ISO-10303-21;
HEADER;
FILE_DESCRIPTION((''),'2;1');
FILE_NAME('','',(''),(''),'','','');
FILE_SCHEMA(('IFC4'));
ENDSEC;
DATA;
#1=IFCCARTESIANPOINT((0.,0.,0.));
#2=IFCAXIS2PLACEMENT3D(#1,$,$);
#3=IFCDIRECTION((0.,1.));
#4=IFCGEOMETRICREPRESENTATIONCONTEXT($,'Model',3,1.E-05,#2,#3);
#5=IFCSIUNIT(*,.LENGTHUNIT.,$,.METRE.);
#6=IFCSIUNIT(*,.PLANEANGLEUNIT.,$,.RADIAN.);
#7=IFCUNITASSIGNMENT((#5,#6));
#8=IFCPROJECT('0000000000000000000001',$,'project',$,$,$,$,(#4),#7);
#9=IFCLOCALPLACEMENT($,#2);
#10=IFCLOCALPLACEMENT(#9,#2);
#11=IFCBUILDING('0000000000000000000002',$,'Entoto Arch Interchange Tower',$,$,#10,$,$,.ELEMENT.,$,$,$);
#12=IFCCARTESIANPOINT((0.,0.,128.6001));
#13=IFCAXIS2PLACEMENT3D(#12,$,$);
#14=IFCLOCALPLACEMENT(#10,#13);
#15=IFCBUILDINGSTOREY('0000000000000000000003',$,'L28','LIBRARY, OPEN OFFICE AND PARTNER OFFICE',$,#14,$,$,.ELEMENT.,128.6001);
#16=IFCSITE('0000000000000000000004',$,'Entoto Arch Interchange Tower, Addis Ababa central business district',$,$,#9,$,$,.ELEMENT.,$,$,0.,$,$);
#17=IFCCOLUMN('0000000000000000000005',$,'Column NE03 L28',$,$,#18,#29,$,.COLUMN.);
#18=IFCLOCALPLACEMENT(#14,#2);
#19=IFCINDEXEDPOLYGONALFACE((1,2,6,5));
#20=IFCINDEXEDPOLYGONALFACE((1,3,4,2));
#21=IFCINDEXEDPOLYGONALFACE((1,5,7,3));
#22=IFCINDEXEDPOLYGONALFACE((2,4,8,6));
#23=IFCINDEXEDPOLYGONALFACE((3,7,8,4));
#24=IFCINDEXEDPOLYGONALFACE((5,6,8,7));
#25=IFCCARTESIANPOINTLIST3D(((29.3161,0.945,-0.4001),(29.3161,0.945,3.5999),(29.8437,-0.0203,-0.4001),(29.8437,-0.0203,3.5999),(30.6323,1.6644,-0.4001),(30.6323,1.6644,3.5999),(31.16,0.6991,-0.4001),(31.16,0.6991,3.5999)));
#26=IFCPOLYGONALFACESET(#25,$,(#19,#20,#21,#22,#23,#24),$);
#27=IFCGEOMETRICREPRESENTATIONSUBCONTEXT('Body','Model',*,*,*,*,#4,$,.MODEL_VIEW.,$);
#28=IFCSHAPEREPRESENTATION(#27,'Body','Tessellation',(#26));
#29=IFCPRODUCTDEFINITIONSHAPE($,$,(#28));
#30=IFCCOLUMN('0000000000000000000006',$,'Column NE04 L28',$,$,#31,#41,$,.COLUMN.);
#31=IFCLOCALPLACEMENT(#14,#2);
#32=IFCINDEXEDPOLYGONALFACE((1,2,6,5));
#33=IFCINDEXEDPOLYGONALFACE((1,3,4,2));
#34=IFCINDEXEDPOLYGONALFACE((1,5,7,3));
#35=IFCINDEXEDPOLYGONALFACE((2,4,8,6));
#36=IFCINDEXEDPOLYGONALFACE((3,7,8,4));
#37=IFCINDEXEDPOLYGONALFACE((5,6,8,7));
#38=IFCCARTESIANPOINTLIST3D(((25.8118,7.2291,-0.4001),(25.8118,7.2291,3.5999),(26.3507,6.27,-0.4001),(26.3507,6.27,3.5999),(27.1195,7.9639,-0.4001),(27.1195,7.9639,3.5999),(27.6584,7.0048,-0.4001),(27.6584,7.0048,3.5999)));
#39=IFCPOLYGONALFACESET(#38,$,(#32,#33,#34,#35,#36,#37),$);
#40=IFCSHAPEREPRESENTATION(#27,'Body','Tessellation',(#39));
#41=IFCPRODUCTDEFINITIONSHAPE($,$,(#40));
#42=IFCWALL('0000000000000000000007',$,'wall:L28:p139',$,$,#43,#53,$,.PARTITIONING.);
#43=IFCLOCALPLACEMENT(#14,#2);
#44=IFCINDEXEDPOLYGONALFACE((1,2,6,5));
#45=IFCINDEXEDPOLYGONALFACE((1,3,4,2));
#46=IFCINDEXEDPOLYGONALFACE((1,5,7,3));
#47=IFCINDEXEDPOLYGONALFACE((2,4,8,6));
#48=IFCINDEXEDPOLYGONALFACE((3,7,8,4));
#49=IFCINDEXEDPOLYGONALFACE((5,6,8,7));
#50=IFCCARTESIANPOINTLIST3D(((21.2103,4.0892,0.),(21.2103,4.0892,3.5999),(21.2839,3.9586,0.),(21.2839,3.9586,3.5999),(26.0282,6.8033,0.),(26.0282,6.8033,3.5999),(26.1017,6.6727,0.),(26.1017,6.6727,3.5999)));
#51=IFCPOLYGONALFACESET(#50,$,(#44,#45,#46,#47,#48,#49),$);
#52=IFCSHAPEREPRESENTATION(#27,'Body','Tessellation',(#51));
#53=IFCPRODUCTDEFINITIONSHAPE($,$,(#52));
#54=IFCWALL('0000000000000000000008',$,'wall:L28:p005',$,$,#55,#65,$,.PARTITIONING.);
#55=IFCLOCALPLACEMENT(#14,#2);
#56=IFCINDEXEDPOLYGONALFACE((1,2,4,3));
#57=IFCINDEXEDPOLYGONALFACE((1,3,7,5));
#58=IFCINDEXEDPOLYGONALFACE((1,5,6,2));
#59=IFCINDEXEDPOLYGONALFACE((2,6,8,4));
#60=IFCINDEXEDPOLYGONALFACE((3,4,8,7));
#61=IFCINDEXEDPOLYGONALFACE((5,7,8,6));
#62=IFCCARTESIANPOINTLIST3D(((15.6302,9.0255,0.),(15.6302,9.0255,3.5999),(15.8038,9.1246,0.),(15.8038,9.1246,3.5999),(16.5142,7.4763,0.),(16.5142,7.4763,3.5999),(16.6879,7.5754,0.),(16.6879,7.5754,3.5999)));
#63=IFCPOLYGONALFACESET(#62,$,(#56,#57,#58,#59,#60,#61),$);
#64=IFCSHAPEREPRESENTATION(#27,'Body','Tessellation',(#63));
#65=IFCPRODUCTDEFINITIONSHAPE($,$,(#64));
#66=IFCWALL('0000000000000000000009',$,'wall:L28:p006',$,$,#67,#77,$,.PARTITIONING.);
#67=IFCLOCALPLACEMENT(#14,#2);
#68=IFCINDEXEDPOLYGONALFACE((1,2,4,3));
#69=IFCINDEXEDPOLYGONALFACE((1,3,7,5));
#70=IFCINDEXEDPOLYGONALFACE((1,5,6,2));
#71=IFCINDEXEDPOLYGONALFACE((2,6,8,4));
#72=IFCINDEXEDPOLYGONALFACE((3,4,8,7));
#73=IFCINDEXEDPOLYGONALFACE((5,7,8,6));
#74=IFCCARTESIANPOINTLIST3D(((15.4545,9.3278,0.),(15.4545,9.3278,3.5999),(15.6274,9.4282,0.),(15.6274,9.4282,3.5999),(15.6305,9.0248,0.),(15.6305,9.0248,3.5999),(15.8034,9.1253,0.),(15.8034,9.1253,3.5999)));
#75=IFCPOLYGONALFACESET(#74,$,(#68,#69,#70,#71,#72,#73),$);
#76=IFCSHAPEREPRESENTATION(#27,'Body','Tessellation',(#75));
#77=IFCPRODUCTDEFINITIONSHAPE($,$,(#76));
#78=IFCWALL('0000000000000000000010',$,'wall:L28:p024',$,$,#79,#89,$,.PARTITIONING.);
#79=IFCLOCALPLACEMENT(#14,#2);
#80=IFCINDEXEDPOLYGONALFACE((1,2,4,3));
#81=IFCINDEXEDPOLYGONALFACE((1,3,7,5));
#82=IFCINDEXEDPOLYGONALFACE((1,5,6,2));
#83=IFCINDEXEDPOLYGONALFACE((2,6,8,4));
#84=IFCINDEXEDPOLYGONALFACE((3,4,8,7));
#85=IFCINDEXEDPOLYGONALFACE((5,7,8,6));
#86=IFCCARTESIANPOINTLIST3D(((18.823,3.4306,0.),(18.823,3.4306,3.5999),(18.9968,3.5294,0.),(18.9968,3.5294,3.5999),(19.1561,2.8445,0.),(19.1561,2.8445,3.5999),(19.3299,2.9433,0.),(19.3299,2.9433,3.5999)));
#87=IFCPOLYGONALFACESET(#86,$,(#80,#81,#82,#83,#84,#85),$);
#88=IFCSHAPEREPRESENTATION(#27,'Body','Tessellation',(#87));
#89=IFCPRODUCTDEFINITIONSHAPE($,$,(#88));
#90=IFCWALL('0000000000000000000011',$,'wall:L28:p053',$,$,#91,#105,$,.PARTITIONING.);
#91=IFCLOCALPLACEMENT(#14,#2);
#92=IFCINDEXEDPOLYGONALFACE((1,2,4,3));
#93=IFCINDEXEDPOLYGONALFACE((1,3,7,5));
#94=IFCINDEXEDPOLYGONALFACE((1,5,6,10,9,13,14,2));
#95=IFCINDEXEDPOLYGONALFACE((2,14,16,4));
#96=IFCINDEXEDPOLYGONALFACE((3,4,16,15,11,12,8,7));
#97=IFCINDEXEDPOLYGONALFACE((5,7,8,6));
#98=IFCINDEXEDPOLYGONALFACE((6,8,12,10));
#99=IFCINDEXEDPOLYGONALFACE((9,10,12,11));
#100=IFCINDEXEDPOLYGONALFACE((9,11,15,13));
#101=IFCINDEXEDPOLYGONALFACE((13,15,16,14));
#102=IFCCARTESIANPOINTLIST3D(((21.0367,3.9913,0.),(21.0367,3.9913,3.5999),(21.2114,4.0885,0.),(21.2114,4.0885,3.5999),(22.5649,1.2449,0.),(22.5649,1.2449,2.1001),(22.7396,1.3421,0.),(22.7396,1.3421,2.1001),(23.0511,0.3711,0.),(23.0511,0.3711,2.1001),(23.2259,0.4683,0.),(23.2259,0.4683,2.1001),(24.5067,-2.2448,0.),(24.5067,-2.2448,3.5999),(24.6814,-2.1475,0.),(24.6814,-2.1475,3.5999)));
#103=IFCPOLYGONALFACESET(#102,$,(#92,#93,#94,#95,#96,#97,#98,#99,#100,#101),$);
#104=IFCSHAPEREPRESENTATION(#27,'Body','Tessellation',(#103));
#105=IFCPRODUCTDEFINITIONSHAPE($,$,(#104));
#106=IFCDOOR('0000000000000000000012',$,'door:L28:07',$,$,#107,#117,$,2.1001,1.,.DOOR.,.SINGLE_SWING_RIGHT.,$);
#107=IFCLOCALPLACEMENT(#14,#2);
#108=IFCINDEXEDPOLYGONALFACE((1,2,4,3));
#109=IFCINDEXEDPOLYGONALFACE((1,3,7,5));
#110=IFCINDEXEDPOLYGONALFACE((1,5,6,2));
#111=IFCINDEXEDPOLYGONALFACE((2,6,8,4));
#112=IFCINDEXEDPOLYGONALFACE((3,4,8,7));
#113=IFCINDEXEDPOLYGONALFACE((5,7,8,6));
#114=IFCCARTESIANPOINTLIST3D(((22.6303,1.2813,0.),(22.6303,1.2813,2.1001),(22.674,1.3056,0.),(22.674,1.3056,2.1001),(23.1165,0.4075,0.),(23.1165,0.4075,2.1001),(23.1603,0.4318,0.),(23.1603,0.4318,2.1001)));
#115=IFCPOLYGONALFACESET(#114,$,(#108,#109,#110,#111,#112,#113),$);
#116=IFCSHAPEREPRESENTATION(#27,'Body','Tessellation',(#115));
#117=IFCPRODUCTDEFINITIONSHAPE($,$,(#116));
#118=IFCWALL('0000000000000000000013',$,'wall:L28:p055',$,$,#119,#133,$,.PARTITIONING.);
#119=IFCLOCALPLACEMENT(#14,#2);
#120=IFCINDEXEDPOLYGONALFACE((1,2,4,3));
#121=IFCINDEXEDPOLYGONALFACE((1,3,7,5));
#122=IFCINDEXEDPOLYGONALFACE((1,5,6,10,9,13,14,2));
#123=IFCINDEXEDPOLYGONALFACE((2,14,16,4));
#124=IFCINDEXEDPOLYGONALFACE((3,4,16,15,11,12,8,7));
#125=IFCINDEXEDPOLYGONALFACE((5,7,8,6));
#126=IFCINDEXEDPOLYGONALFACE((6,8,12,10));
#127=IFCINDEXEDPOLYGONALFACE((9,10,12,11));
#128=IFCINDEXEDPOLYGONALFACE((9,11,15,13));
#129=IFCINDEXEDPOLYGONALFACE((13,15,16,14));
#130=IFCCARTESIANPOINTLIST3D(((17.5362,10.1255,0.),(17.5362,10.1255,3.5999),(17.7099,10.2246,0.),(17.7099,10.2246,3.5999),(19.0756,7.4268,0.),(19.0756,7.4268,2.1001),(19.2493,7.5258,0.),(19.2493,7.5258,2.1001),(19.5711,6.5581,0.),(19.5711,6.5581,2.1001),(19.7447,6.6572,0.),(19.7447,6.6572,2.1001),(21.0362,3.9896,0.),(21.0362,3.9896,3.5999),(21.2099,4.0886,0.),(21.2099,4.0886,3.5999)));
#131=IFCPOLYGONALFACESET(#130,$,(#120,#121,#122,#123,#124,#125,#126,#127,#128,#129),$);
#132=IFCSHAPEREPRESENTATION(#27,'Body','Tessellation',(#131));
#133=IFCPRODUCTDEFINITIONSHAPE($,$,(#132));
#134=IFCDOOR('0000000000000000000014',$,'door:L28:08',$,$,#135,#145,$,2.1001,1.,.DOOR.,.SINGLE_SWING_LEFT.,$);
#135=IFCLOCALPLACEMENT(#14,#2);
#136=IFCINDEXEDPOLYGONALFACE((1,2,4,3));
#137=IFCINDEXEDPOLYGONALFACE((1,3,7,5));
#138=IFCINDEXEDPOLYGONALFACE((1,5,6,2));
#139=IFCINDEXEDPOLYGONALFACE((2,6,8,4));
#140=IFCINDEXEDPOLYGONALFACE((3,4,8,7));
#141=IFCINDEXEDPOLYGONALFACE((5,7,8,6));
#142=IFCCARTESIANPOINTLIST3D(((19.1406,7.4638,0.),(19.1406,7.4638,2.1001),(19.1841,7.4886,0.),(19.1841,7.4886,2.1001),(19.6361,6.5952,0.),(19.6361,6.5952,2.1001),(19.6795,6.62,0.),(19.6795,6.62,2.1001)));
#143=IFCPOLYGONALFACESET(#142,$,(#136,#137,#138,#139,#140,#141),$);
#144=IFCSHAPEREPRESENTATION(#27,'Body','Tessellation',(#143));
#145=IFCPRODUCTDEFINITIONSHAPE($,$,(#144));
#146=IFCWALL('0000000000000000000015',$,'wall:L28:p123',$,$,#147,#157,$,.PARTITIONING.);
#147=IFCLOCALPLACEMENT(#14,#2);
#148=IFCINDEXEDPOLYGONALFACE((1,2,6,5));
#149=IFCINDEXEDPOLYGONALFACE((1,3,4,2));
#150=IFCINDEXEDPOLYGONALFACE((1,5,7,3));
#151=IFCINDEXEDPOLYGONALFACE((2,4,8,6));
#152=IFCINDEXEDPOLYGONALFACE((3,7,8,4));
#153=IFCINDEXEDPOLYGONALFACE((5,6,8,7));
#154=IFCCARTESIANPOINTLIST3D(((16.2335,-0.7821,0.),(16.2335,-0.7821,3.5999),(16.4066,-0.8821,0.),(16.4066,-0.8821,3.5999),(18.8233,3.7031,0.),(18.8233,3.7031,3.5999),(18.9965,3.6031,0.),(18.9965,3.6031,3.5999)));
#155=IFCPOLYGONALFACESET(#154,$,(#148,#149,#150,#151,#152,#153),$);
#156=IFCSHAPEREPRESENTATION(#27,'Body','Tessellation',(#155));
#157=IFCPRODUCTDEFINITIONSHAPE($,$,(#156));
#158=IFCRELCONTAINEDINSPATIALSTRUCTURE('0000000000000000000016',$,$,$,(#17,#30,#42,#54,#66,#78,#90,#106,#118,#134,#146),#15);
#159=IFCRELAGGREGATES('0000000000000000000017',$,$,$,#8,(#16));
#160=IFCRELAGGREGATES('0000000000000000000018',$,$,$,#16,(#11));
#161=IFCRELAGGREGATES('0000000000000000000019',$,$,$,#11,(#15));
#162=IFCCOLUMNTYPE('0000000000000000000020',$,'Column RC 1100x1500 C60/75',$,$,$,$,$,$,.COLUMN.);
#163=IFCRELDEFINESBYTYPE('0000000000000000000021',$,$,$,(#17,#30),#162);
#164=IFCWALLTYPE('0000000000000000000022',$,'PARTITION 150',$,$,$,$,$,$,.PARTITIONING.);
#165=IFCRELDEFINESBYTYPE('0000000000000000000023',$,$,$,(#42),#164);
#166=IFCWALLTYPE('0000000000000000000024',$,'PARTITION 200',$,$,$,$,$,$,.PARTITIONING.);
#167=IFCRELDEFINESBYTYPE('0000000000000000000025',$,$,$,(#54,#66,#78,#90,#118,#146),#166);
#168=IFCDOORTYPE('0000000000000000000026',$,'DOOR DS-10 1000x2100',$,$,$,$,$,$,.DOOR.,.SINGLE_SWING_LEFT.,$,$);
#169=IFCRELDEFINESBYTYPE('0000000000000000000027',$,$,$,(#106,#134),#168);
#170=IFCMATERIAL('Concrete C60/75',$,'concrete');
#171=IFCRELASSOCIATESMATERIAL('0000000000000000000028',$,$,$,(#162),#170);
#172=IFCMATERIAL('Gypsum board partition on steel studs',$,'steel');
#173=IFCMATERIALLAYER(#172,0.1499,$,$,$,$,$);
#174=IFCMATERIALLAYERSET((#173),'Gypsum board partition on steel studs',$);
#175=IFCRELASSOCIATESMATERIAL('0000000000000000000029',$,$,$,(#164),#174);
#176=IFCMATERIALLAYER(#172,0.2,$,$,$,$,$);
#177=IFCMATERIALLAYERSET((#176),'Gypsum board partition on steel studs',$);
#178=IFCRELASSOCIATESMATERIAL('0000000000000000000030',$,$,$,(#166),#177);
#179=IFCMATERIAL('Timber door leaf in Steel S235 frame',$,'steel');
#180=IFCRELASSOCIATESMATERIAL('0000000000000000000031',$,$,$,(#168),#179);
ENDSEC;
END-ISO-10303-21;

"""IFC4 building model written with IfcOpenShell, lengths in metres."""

from ifc_helpers import new_model, si_unit, direction, frame, frame_2d, origin, origin_2d, place, context, subcontext, project, spatial, rectangle, extrude, material, layer, layer_set, material_profile, profile_set, type_object, element, fill, save


model = new_model("IFC4")

# Units and contexts
model_context = context("Model", 3, precision=1e-05, world=origin(), true_north=direction((0.0, 1.0)))
body_context = subcontext(model_context, "Body", "Model", "MODEL_VIEW")
ifc_project = project(units=[si_unit("LENGTHUNIT", "METRE"), si_unit("PLANEANGLEUNIT", "RADIAN")], contexts=[model_context])

# Site, building, storey
site_placement = place(None, origin())
site = spatial("IfcSite", under=ifc_project, at=site_placement, Name="Entoto Arch Interchange Tower, Addis Ababa central business district", CompositionType="ELEMENT", RefElevation=0.0)
building_placement = place(site_placement, origin())
building = spatial("IfcBuilding", under=site, at=building_placement, Name="Entoto Arch Interchange Tower", CompositionType="ELEMENT")
storey_placement = place(building_placement, frame((0.0, 0.0, 128.6001)))
storey = spatial("IfcBuildingStorey", under=building, at=storey_placement, Name="L28", Description="LIBRARY, OPEN OFFICE AND PARTNER OFFICE", CompositionType="ELEMENT", Elevation=128.6001)

# Columns
ifc_material_1 = material(Name="Concrete C60/75", Category="concrete")
ifc_material_profile = material_profile(ifc_material_1, rectangle(XDim=1.1001, YDim=1.5, at=origin_2d()))
ifc_profile_set = profile_set([ifc_material_profile], Name="Concrete C60/75")
column_type = type_object("IfcColumnType", Name="Column RC 1100x1500 C60/75", PredefinedType="COLUMN", material=ifc_profile_set)
for number, where, z_axis, x_axis, name in (
    (1, (30.238, 0.822, -0.4001), (0.0, 0.0, 1.0), (-0.479611, 0.877481, 0.0), "Column NE03 L28"),
    (2, (26.7351, 7.1169, -0.4001), (0.0, 0.0, 1.0), (-0.489839, 0.871813, 0.0), "Column NE04 L28"),
):
    element("IfcColumn", number, at=place(storey_placement, frame(where, z_axis=z_axis, x_axis=x_axis)), inside=storey, type_object=column_type, Name=name, PredefinedType="COLUMN", context=body_context, shape_type="SweptSolid", body=[
        extrude(rectangle(XDim=1.1001, YDim=1.5, at=origin_2d()), origin(), (0.0, 0.0, 1.0), 4.0),
    ])

# Walls
ifc_material_2 = material(Name="Gypsum board partition on steel studs", Category="steel")
ifc_layer_1 = layer(ifc_material_2, 0.1499)
ifc_layer_set_1 = layer_set([ifc_layer_1], Name="Gypsum board partition on steel studs")
wall_type_1 = type_object("IfcWallType", Name="PARTITION 150", PredefinedType="PARTITIONING", material=ifc_layer_set_1)
wall_1_placement = place(storey_placement, frame((21.2471, 4.0239, 0.0), z_axis=(0.0, 0.0, 1.0), x_axis=(0.871262, 0.490819, 0.0)))
element("IfcWall", 3, at=wall_1_placement, inside=storey, type_object=wall_type_1, Name="wall:L28:p139", PredefinedType="PARTITIONING", context=body_context, shape_type="SweptSolid", body=[
    extrude(rectangle(XDim=5.5298, YDim=0.1499, at=frame_2d((2.7649, 0.0))), origin(), (0.0, 0.0, 1.0), 3.5999),
])
ifc_layer_2 = layer(ifc_material_2, 0.2)
ifc_layer_set_2 = layer_set([ifc_layer_2], Name="Gypsum board partition on steel studs")
wall_type_2 = type_object("IfcWallType", Name="PARTITION 200", PredefinedType="PARTITIONING", material=ifc_layer_set_2)
wall_2_placement = place(storey_placement, frame((16.6011, 7.5259, 0.0), z_axis=(0.0, 0.0, 1.0), x_axis=(-0.495652, 0.868521, 0.0)))
element("IfcWall", 4, at=wall_2_placement, inside=storey, type_object=wall_type_2, Name="wall:L28:p005", PredefinedType="PARTITIONING", context=body_context, shape_type="SweptSolid", body=[
    extrude(rectangle(XDim=1.7837, YDim=0.2, at=frame_2d((0.8918, 0.0))), origin(), (0.0, 0.0, 1.0), 3.5999),
])
wall_3_placement = place(storey_placement, frame((15.717, 9.075, 0.0), z_axis=(0.0, 0.0, 1.0), x_axis=(-0.502354, 0.864662, 0.0)))
element("IfcWall", 5, at=wall_3_placement, inside=storey, type_object=wall_type_2, Name="wall:L28:p006", PredefinedType="PARTITIONING", context=body_context, shape_type="SweptSolid", body=[
    extrude(rectangle(XDim=0.3503, YDim=0.2, at=frame_2d((0.1753, 0.0))), origin(), (0.0, 0.0, 1.0), 3.5999),
])
wall_4_placement = place(storey_placement, frame((19.2429, 2.894, 0.0), z_axis=(0.0, 0.0, 1.0), x_axis=(-0.494109, 0.8694, 0.0)))
element("IfcWall", 6, at=wall_4_placement, inside=storey, type_object=wall_type_2, Name="wall:L28:p024", PredefinedType="PARTITIONING", context=body_context, shape_type="SweptSolid", body=[
    extrude(rectangle(XDim=0.6741, YDim=0.2, at=frame_2d((0.3369, 0.0))), origin(), (0.0, 0.0, 1.0), 3.5999),
])

# Walls, openings, doors
wall_5_placement = place(storey_placement, frame((21.124, 4.04, 0.0), z_axis=(0.0, 0.0, 1.0), x_axis=(0.48623, -0.873831, 0.0)))
wall_5 = element("IfcWall", 7, at=wall_5_placement, inside=storey, type_object=wall_type_2, Name="wall:L28:p053", PredefinedType="PARTITIONING", context=body_context, shape_type="SweptSolid", body=[
    extrude(rectangle(XDim=7.1365, YDim=0.2, at=frame_2d((3.5684, 0.0))), origin(), (0.0, 0.0, 1.0), 3.5999),
])
opening_1_placement = place(wall_5_placement, frame((3.1431, 0.0, 0.0)))
opening_1 = element("IfcOpeningElement", 8, at=opening_1_placement, cuts=wall_5, PredefinedType="OPENING", context=body_context, shape_type="SweptSolid", body=[
    extrude(rectangle(XDim=1.0, YDim=2.1001, at=frame_2d((0.5, 1.05))), frame((0.0, 0.1099, 0.0), z_axis=(0.0, -1.0, 0.0), x_axis=(1.0, 0.0, 0.0)), (0.0, 0.0, 1.0), 0.22),
])
ifc_material_3 = material(Name="Timber door leaf in Steel S235 frame", Category="steel")
door_type = type_object("IfcDoorType", Name="DOOR DS-10 1000x2100", OperationType="SINGLE_SWING_LEFT", PredefinedType="DOOR", material=ifc_material_3)
door_1_placement = place(opening_1_placement, origin())
door_1 = element("IfcDoor", 9, at=door_1_placement, inside=storey, type_object=door_type, Name="door:L28:07", OperationType="SINGLE_SWING_RIGHT", OverallHeight=2.1001, OverallWidth=1.0, PredefinedType="DOOR", context=body_context, shape_type="SweptSolid", body=[
    extrude(rectangle(XDim=1.0, YDim=2.1001, at=frame_2d((0.5, 1.05))), frame((0.0, 0.0249, 0.0), z_axis=(0.0, -1.0, 0.0), x_axis=(1.0, 0.0, 0.0)), (0.0, 0.0, 1.0), 0.05),
])
fill(opening_1, door_1)
wall_6_placement = place(storey_placement, frame((17.623, 10.175, 0.0), z_axis=(0.0, 0.0, 1.0), x_axis=(0.495469, -0.868626, 0.0)))
wall_6 = element("IfcWall", 10, at=wall_6_placement, inside=storey, type_object=wall_type_2, Name="wall:L28:p055", PredefinedType="PARTITIONING", context=body_context, shape_type="SweptSolid", body=[
    extrude(rectangle(XDim=7.064, YDim=0.2, at=frame_2d((3.532, 0.0))), origin(), (0.0, 0.0, 1.0), 3.5999),
])
opening_2_placement = place(wall_6_placement, frame((3.1069, 0.0, 0.0)))
opening_2 = element("IfcOpeningElement", 11, at=opening_2_placement, cuts=wall_6, PredefinedType="OPENING", context=body_context, shape_type="SweptSolid", body=[
    extrude(rectangle(XDim=1.0, YDim=2.1001, at=frame_2d((0.5, 1.05))), frame((0.0, 0.1099, 0.0), z_axis=(0.0, -1.0, 0.0), x_axis=(1.0, 0.0, 0.0)), (0.0, 0.0, 1.0), 0.22),
])
door_2_placement = place(opening_2_placement, origin())
door_2 = element("IfcDoor", 12, at=door_2_placement, inside=storey, type_object=door_type, Name="door:L28:08", OperationType="SINGLE_SWING_LEFT", OverallHeight=2.1001, OverallWidth=1.0, PredefinedType="DOOR", context=body_context, shape_type="SweptSolid", body=[
    extrude(rectangle(XDim=1.0, YDim=2.1001, at=frame_2d((0.5, 1.05))), frame((0.0, 0.0249, 0.0), z_axis=(0.0, -1.0, 0.0), x_axis=(1.0, 0.0, 0.0)), (0.0, 0.0, 1.0), 0.05),
])
fill(opening_2, door_2)

# Wall
wall_7_placement = place(storey_placement, frame((18.9099, 3.6531, 0.0), z_axis=(0.0, 0.0, 1.0), x_axis=(-0.500053, -0.865995, 0.0)))
element("IfcWall", 13, at=wall_7_placement, inside=storey, type_object=wall_type_2, Name="wall:L28:p123", PredefinedType="PARTITIONING", context=body_context, shape_type="SweptSolid", body=[
    extrude(rectangle(XDim=5.1792, YDim=0.2, at=frame_2d((2.5896, 0.0))), origin(), (0.0, 0.0, 1.0), 3.5999),
])

save(model, "model.ifc")
